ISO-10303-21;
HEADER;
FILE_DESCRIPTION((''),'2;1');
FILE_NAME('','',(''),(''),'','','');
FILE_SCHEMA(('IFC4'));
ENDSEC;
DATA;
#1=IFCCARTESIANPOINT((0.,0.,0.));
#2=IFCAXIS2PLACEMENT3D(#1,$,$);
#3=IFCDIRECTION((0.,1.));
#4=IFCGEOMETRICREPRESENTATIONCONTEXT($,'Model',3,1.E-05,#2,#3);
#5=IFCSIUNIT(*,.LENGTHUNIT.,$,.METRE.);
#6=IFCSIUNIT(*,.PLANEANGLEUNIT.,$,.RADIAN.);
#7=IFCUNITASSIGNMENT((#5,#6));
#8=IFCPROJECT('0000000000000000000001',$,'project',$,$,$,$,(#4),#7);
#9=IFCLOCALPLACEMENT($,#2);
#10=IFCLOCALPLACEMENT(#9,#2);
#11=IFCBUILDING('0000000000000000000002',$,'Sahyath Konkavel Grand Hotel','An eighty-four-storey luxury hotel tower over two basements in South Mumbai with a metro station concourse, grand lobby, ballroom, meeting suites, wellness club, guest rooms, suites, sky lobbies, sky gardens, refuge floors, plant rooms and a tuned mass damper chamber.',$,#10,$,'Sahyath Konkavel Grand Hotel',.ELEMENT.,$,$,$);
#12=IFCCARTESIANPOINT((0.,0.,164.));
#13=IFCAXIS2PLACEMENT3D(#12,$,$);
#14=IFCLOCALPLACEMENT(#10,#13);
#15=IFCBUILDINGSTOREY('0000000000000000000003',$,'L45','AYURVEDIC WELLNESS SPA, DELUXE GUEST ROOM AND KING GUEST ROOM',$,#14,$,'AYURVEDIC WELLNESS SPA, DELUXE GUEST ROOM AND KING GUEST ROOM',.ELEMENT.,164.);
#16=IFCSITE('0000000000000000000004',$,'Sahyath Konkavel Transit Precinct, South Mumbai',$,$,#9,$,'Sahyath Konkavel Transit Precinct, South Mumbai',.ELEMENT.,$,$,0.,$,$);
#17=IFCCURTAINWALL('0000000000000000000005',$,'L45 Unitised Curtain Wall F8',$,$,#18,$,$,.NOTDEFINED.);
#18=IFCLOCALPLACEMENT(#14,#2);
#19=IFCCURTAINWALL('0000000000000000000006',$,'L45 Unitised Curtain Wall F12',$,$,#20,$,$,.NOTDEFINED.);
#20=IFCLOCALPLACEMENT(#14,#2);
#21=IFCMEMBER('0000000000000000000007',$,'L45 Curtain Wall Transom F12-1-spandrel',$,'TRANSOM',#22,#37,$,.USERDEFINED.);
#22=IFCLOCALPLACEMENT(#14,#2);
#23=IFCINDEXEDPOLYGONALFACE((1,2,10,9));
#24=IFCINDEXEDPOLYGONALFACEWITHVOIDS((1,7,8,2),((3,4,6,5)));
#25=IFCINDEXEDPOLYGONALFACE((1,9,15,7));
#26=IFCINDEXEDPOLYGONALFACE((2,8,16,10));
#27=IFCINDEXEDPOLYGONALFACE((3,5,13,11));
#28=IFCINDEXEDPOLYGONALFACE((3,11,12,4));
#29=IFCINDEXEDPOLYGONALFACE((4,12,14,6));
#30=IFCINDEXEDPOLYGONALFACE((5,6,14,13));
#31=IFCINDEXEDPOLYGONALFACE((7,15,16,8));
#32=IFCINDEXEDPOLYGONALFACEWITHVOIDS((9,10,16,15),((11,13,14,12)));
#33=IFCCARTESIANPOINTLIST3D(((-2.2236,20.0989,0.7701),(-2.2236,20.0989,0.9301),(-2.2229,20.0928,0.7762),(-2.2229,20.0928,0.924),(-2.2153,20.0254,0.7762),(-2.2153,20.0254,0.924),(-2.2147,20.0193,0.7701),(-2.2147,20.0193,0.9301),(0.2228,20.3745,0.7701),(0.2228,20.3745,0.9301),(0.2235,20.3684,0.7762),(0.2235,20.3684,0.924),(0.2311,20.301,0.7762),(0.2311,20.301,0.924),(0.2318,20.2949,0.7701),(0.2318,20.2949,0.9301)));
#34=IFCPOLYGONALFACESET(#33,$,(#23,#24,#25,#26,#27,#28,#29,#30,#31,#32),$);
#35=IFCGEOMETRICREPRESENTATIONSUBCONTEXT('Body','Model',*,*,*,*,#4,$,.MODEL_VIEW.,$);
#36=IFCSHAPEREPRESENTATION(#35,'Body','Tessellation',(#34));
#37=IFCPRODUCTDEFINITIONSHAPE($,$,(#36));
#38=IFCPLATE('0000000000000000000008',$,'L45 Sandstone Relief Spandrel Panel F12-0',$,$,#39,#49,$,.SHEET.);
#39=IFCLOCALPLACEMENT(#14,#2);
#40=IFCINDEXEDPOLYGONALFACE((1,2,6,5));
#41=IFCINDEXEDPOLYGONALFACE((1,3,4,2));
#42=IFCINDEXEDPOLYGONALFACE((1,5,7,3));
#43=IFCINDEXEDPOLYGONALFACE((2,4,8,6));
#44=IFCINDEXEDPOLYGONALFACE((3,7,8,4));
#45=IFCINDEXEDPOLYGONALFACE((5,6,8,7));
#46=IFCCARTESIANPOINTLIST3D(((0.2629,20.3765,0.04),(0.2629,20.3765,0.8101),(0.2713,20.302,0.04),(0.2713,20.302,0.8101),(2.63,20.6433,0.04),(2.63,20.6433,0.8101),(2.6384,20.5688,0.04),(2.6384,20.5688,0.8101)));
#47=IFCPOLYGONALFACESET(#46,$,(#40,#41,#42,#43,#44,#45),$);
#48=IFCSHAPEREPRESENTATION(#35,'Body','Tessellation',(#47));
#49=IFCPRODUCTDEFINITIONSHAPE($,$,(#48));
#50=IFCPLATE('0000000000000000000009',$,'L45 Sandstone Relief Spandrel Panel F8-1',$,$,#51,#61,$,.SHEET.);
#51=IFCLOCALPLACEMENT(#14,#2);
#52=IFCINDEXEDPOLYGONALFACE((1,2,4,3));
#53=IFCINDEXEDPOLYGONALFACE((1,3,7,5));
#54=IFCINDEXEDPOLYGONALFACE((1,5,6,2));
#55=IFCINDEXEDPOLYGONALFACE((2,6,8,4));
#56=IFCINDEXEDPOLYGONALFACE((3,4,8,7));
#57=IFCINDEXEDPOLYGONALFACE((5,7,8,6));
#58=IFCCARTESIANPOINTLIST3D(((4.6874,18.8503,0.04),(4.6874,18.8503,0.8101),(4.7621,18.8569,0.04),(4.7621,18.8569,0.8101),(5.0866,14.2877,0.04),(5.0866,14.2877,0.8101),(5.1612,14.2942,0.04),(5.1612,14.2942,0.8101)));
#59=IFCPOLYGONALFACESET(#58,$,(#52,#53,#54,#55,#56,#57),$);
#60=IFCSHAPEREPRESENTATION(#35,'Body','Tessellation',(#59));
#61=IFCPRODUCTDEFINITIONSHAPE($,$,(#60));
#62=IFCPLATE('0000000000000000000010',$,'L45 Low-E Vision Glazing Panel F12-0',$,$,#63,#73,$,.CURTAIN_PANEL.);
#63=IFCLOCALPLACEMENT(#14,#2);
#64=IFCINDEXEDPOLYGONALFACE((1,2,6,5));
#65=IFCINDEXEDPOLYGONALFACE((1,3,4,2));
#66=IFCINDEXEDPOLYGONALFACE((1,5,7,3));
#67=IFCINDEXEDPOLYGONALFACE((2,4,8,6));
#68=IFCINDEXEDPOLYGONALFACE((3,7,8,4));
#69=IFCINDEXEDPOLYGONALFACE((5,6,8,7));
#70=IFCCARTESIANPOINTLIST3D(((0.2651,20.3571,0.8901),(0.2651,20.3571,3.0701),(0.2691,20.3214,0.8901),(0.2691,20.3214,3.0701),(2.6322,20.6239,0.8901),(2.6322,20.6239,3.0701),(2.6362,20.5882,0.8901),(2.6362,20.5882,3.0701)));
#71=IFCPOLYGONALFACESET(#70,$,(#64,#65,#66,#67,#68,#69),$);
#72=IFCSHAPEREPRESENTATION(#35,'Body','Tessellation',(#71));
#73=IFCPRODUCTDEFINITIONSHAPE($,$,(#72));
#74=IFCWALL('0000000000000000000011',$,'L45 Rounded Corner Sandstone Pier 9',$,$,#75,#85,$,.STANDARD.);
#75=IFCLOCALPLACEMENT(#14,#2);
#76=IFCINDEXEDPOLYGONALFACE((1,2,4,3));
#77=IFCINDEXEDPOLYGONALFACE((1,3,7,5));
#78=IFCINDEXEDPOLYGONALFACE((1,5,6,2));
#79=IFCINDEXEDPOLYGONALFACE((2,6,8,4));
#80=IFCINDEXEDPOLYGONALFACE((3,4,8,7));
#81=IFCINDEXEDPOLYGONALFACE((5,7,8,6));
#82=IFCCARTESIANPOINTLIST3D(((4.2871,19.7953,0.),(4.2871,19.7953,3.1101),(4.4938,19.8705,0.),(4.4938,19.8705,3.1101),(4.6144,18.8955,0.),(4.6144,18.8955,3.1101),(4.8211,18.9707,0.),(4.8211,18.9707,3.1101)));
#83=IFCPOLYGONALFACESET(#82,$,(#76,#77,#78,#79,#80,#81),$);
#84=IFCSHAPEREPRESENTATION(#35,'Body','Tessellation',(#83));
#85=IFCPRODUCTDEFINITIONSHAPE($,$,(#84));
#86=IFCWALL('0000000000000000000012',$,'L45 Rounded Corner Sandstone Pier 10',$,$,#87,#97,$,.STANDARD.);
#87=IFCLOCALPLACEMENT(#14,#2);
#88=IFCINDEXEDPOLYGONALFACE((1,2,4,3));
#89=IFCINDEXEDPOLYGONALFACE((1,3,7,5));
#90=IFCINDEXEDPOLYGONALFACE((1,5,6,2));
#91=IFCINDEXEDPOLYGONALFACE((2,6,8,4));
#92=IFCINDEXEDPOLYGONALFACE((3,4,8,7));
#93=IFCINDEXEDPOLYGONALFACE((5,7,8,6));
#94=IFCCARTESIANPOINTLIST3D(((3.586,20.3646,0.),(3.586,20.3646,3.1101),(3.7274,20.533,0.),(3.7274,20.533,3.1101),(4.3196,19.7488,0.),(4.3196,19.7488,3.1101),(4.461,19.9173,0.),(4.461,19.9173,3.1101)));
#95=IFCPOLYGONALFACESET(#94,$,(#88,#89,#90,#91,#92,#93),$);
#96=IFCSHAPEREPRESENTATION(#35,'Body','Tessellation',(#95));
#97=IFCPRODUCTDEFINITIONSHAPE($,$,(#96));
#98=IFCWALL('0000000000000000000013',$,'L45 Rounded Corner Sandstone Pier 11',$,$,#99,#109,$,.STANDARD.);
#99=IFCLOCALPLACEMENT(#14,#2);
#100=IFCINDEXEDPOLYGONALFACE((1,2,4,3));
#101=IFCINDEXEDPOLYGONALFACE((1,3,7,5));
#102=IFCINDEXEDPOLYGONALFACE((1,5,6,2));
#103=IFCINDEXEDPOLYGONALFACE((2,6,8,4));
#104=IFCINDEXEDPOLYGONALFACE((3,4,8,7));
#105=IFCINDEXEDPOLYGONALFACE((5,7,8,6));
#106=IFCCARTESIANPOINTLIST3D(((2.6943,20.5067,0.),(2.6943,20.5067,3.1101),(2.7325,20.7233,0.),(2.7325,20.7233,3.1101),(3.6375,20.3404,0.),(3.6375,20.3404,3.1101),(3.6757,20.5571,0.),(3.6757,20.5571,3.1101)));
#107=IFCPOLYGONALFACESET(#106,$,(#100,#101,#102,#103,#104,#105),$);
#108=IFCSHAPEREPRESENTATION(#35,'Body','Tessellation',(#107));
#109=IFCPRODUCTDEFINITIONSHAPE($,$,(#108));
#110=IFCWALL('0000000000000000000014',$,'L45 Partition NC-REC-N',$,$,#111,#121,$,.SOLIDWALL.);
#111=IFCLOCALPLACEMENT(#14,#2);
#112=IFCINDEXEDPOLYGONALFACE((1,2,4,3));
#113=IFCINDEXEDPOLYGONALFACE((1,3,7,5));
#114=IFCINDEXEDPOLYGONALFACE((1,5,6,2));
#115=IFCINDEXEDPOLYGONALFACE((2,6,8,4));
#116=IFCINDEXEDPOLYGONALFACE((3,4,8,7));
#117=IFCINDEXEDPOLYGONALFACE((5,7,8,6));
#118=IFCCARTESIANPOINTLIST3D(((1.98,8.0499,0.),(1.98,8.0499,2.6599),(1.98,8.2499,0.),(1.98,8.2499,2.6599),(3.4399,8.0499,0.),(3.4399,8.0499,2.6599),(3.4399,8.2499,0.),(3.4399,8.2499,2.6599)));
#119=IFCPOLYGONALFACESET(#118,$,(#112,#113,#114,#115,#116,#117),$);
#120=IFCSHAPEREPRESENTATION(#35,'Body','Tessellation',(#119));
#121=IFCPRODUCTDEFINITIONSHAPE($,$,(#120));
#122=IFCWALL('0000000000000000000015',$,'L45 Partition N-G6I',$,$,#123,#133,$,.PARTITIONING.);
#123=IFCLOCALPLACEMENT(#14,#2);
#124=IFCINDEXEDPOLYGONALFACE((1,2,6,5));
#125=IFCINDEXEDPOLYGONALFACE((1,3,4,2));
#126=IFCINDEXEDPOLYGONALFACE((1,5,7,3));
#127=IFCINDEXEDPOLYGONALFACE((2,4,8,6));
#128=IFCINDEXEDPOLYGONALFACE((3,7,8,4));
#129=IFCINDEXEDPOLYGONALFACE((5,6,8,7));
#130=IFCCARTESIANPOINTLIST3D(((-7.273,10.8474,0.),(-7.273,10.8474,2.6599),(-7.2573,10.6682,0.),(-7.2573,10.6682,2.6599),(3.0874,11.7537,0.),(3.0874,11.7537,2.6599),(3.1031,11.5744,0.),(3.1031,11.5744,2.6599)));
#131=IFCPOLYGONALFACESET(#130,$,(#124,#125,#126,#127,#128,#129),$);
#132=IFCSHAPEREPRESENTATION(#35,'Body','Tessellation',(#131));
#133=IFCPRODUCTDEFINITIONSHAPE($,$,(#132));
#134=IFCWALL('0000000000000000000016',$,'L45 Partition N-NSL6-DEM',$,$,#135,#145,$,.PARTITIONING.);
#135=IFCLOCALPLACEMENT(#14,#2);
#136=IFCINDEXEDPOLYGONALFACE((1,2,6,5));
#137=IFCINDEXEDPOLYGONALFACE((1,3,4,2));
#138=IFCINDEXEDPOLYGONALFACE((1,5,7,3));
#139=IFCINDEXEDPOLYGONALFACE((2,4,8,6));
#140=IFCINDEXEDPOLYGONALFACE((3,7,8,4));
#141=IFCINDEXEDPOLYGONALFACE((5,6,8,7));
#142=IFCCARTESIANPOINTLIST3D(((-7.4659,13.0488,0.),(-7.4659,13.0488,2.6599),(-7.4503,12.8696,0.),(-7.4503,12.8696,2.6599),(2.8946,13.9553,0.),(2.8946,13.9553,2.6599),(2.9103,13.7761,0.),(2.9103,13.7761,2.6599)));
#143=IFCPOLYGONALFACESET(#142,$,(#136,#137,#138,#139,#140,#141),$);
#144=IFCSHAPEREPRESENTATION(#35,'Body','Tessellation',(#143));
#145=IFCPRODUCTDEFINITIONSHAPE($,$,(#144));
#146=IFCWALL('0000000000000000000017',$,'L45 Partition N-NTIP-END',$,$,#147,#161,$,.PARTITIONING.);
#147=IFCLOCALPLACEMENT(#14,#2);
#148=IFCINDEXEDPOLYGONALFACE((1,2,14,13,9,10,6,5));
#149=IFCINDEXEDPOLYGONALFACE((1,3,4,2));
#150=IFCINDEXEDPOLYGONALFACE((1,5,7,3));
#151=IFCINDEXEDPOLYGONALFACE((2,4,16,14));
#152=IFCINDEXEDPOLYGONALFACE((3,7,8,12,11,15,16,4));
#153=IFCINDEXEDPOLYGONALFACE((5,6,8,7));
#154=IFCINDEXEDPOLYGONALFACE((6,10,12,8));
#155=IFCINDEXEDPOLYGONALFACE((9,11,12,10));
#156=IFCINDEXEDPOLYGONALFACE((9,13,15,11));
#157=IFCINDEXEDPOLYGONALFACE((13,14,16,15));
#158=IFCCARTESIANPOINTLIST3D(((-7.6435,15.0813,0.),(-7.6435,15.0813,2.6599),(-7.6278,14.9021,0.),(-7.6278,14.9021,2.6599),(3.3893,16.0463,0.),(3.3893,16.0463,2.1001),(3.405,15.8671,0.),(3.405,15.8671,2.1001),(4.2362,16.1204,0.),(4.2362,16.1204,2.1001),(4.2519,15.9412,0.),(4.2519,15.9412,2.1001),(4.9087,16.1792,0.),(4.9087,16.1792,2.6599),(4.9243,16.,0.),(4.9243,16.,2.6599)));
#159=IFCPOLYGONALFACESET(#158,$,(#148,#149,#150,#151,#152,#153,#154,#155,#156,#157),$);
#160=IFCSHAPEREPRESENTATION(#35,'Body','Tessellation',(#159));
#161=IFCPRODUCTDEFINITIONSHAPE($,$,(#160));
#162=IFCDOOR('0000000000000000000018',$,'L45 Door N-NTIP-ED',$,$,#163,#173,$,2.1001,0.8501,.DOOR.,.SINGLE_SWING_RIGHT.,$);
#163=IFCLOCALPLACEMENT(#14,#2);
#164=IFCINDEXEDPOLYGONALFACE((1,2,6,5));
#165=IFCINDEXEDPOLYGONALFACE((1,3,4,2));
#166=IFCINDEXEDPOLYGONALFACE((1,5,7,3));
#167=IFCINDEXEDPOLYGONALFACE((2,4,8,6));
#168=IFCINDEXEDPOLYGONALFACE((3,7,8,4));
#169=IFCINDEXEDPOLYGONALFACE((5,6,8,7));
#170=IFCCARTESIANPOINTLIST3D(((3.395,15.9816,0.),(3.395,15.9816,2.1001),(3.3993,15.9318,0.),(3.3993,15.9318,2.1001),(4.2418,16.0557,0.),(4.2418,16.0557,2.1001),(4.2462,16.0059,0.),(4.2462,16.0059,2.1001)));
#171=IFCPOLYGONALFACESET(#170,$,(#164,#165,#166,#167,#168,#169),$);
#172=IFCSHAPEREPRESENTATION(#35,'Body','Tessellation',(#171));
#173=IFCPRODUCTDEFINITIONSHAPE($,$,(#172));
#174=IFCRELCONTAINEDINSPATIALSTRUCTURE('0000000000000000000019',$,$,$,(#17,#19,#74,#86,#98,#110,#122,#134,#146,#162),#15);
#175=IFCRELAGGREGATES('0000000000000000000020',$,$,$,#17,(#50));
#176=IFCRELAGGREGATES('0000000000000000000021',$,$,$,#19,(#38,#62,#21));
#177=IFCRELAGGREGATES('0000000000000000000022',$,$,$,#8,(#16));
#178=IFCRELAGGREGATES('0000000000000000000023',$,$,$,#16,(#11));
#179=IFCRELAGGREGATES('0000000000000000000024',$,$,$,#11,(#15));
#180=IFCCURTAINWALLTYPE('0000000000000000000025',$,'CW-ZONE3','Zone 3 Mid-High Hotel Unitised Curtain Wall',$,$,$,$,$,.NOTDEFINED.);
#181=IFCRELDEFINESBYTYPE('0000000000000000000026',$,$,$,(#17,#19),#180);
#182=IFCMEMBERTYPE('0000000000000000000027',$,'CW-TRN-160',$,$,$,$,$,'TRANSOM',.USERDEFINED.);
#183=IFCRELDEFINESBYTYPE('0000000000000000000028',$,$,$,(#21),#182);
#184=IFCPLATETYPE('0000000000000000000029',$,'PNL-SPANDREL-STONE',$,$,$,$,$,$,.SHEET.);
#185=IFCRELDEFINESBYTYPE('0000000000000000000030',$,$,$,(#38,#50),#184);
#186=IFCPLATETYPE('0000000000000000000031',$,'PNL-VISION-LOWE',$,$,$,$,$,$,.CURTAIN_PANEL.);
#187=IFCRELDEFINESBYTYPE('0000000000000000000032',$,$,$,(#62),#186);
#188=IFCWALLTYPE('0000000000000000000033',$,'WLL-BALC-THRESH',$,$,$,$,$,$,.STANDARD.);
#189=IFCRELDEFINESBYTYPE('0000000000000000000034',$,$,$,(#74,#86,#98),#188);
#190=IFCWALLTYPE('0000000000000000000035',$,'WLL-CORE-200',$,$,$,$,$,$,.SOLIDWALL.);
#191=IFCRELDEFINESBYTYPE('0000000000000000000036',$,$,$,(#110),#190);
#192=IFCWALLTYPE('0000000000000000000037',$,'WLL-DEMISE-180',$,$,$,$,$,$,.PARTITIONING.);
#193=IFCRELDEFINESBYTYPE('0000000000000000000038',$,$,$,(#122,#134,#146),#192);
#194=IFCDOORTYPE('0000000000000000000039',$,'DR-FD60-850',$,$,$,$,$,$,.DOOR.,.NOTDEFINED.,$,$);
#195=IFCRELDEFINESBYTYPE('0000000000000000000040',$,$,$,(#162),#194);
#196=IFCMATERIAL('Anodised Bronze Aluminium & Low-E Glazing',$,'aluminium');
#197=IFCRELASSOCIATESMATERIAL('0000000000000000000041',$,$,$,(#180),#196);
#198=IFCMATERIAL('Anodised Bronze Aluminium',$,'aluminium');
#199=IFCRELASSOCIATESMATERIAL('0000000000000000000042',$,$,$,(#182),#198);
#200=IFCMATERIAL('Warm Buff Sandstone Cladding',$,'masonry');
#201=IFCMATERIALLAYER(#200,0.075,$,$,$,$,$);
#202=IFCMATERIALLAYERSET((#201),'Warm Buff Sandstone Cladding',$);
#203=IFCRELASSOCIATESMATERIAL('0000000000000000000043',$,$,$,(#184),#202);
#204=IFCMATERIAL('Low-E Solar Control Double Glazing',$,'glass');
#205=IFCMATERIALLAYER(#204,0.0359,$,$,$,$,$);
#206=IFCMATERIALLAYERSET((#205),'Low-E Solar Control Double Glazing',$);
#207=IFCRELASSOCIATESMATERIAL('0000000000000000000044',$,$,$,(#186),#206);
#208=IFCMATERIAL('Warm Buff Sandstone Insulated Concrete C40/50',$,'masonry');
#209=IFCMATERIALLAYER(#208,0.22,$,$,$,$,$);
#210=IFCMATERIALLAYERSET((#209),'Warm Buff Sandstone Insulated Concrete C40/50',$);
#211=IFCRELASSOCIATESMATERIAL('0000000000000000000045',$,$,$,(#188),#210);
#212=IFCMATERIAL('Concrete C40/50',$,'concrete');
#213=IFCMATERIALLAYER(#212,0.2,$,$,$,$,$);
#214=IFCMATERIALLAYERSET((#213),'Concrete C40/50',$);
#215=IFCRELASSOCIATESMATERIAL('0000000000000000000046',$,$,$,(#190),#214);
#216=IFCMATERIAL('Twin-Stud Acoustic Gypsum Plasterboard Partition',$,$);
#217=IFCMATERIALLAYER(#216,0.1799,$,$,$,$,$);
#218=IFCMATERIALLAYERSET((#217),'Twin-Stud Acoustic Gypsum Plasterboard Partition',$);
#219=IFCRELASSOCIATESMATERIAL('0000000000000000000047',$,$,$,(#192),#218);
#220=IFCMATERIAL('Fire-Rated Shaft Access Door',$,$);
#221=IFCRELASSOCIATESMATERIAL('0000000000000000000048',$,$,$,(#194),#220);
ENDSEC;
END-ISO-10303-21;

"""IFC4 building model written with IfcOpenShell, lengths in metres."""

from ifc_helpers import new_model, si_unit, direction, frame, frame_2d, origin, origin_2d, place, context, subcontext, project, spatial, rectangle, hollow_rectangle, extrude, source, transform, mapped, material, layer, layer_set, material_profile, profile_set, type_object, element, fill, aggregate, save


model = new_model("IFC4")

# Units and contexts
model_context = context("Model", 3, precision=1e-05, world=origin(), true_north=direction((0.0, 1.0)))
body_context = subcontext(model_context, "Body", "Model", "MODEL_VIEW")
ifc_project = project(units=[si_unit("LENGTHUNIT", "METRE"), si_unit("PLANEANGLEUNIT", "RADIAN")], contexts=[model_context])

# Site, building, storey
site_placement = place(None, origin())
site = spatial("IfcSite", under=ifc_project, at=site_placement, Name="Sahyath Konkavel Transit Precinct, South Mumbai", LongName="Sahyath Konkavel Transit Precinct, South Mumbai", CompositionType="ELEMENT", RefElevation=0.0)
building_placement = place(site_placement, origin())
building = spatial("IfcBuilding", under=site, at=building_placement, Name="Sahyath Konkavel Grand Hotel", Description="An eighty-four-storey luxury hotel tower over two basements in South Mumbai with a metro station concourse, grand lobby, ballroom, meeting suites, wellness club, guest rooms, suites, sky lobbies, sky gardens, refuge floors, plant rooms and a tuned mass damper chamber.", LongName="Sahyath Konkavel Grand Hotel", CompositionType="ELEMENT")
storey_placement = place(building_placement, frame((0.0, 0.0, 164.0)))
storey = spatial("IfcBuildingStorey", under=building, at=storey_placement, Name="L45", Description="AYURVEDIC WELLNESS SPA, DELUXE GUEST ROOM AND KING GUEST ROOM", LongName="AYURVEDIC WELLNESS SPA, DELUXE GUEST ROOM AND KING GUEST ROOM", CompositionType="ELEMENT", Elevation=164.0)

# Shared definitions
ifc_material_1 = material(Name="Concrete C40/50", Category="concrete")

# Curtain wall
ifc_material_2 = material(Name="Anodised Bronze Aluminium & Low-E Glazing", Category="aluminium")
curtain_wall_type = type_object("IfcCurtainWallType", Name="CW-ZONE3", Description="Zone 3 Mid-High Hotel Unitised Curtain Wall", PredefinedType="NOTDEFINED", material=ifc_material_2)
curtain_wall_1_placement = place(storey_placement, origin())
curtain_wall_1 = element("IfcCurtainWall", 1, at=curtain_wall_1_placement, inside=storey, type_object=curtain_wall_type, Name="L45 Unitised Curtain Wall F8", PredefinedType="NOTDEFINED")
ifc_material_3 = material(Name="Anodised Bronze Aluminium", Category="aluminium")

# Curtain wall, member, plate
curtain_wall_2_placement = place(storey_placement, origin())
curtain_wall_2 = element("IfcCurtainWall", 2, at=curtain_wall_2_placement, inside=storey, type_object=curtain_wall_type, Name="L45 Unitised Curtain Wall F12", PredefinedType="NOTDEFINED")
ifc_material_profile_1 = material_profile(ifc_material_3, hollow_rectangle(XDim=0.0801, YDim=0.1599, WallThickness=0.0061, at=origin_2d()), Name="RHS 160x80x6")
ifc_profile_set_1 = profile_set([ifc_material_profile_1], Name="Anodised Bronze Aluminium")
member_type_1 = type_object("IfcMemberType", Name="CW-TRN-160", ElementType="TRANSOM", PredefinedType="USERDEFINED", material=ifc_profile_set_1)
shared_shape_1 = source(origin(), body_context, "Body", "SweptSolid", [
    extrude(hollow_rectangle(XDim=0.0801, YDim=0.1599, WallThickness=0.0061, at=origin_2d()), origin(), (0.0, 0.0, 1.0), 2.4619),
])
member_1_placement = place(storey_placement, frame((0.2273, 20.3347, 0.8501), z_axis=(-0.993713, -0.111955, 0.0), x_axis=(0.111955, -0.993713, 0.0)))
member_1 = element("IfcMember", 3, at=member_1_placement, type_object=member_type_1, Name="L45 Curtain Wall Transom F12-1-spandrel", ObjectType="TRANSOM", PredefinedType="USERDEFINED", context=body_context, shape_type="MappedRepresentation", body=[
    mapped(shared_shape_1, transform((0.0, 0.0, 0.0), scale=1.0)),
])
ifc_material_4 = material(Name="Warm Buff Sandstone Cladding", Category="masonry")
ifc_layer_1 = layer(ifc_material_4, 0.075)
ifc_layer_set_1 = layer_set([ifc_layer_1], Name="Warm Buff Sandstone Cladding")
plate_type_1 = type_object("IfcPlateType", Name="PNL-SPANDREL-STONE", PredefinedType="SHEET", material=ifc_layer_set_1)
shared_shape_2 = source(origin(), body_context, "Body", "SweptSolid", [
    extrude(rectangle(XDim=2.3821, YDim=0.075, at=origin_2d()), origin(), (0.0, 0.0, 1.0), 0.77),
])
plate_1_placement = place(storey_placement, frame((1.4507, 20.4727, 0.04), z_axis=(0.0, 0.0, 1.0), x_axis=(-0.993707, -0.112007, 0.0)))
plate_1 = element("IfcPlate", 4, at=plate_1_placement, type_object=plate_type_1, Name="L45 Sandstone Relief Spandrel Panel F12-0", PredefinedType="SHEET", context=body_context, shape_type="MappedRepresentation", body=[
    mapped(shared_shape_2, transform((0.0, 0.0, 0.0), scale=1.0)),
])

# Plates
shared_shape_3 = source(origin(), body_context, "Body", "SweptSolid", [
    extrude(rectangle(XDim=4.5801, YDim=0.075, at=origin_2d()), origin(), (0.0, 0.0, 1.0), 0.77),
])
plate_2_placement = place(storey_placement, frame((4.9243, 16.5723, 0.04), z_axis=(0.0, 0.0, 1.0), x_axis=(-0.087156, 0.996195, 0.0)))
plate_2 = element("IfcPlate", 5, at=plate_2_placement, type_object=plate_type_1, Name="L45 Sandstone Relief Spandrel Panel F8-1", PredefinedType="SHEET", context=body_context, shape_type="MappedRepresentation", body=[
    mapped(shared_shape_3, transform((0.0, 0.0, 0.0), scale=1.0)),
])
aggregate(curtain_wall_1, [plate_2])
ifc_material_5 = material(Name="Low-E Solar Control Double Glazing", Category="glass")
ifc_layer_2 = layer(ifc_material_5, 0.0359)
ifc_layer_set_2 = layer_set([ifc_layer_2], Name="Low-E Solar Control Double Glazing")
plate_type_2 = type_object("IfcPlateType", Name="PNL-VISION-LOWE", PredefinedType="CURTAIN_PANEL", material=ifc_layer_set_2)
shared_shape_4 = source(origin(), body_context, "Body", "SweptSolid", [
    extrude(rectangle(XDim=2.3821, YDim=0.0359, at=origin_2d()), origin(), (0.0, 0.0, 1.0), 2.1799),
])
plate_3_placement = place(storey_placement, frame((1.4507, 20.4727, 0.8901), z_axis=(0.0, 0.0, 1.0), x_axis=(-0.993707, -0.112007, 0.0)))
plate_3 = element("IfcPlate", 6, at=plate_3_placement, type_object=plate_type_2, Name="L45 Low-E Vision Glazing Panel F12-0", PredefinedType="CURTAIN_PANEL", context=body_context, shape_type="MappedRepresentation", body=[
    mapped(shared_shape_4, transform((0.0, 0.0, 0.0), scale=1.0)),
])
aggregate(curtain_wall_2, [plate_1, plate_3, member_1])

# Walls
ifc_material_6 = material(Name="Warm Buff Sandstone Insulated Concrete C40/50", Category="masonry")
ifc_layer_3 = layer(ifc_material_6, 0.22)
ifc_layer_set_3 = layer_set([ifc_layer_3], Name="Warm Buff Sandstone Insulated Concrete C40/50")
wall_type_1 = type_object("IfcWallType", Name="WLL-BALC-THRESH", PredefinedType="STANDARD", material=ifc_layer_set_3)
wall_1_placement = place(storey_placement, frame((4.7178, 18.9331, 0.0), z_axis=(0.0, 0.0, 1.0), x_axis=(-0.341886, 0.939741, 0.0)))
element("IfcWall", 7, at=wall_1_placement, inside=storey, type_object=wall_type_1, Name="L45 Rounded Corner Sandstone Pier 9", PredefinedType="STANDARD", context=body_context, shape_type="SweptSolid", body=[
    extrude(rectangle(XDim=0.9575, YDim=0.22, at=frame_2d((0.4788, 0.0))), origin(), (0.0, 0.0, 1.0), 3.1101),
])
for number, where, z_axis, x_axis, name in (
    (8, (4.3904, 19.833, 0.0), (0.0, 0.0, 1.0), (-0.765981, 0.642863, 0.0), "L45 Rounded Corner Sandstone Pier 10"),
    (9, (3.6567, 20.4487, 0.0), (0.0, 0.0, 1.0), (-0.984814, 0.173611, 0.0), "L45 Rounded Corner Sandstone Pier 11"),
):
    element("IfcWall", number, at=place(storey_placement, frame(where, z_axis=z_axis, x_axis=x_axis)), inside=storey, type_object=wall_type_1, Name=name, PredefinedType="STANDARD", context=body_context, shape_type="SweptSolid", body=[
        extrude(rectangle(XDim=0.9578, YDim=0.22, at=frame_2d((0.479, 0.0))), origin(), (0.0, 0.0, 1.0), 3.1101),
    ])
ifc_layer_4 = layer(ifc_material_1, 0.2)
ifc_layer_set_4 = layer_set([ifc_layer_4], Name="Concrete C40/50")
wall_type_2 = type_object("IfcWallType", Name="WLL-CORE-200", PredefinedType="SOLIDWALL", material=ifc_layer_set_4)
wall_2_placement = place(storey_placement, frame((1.98, 8.1499, 0.0), z_axis=(0.0, 0.0, 1.0), x_axis=(1.0, 0.0, 0.0)))
element("IfcWall", 10, at=wall_2_placement, inside=storey, type_object=wall_type_2, Name="L45 Partition NC-REC-N", PredefinedType="SOLIDWALL", context=body_context, shape_type="SweptSolid", body=[
    extrude(rectangle(XDim=1.46, YDim=0.2, at=frame_2d((0.73, 0.0))), origin(), (0.0, 0.0, 1.0), 2.6599),
])
ifc_material_7 = material(Name="Twin-Stud Acoustic Gypsum Plasterboard Partition")
ifc_layer_5 = layer(ifc_material_7, 0.1799)
ifc_layer_set_5 = layer_set([ifc_layer_5], Name="Twin-Stud Acoustic Gypsum Plasterboard Partition")
wall_type_3 = type_object("IfcWallType", Name="WLL-DEMISE-180", PredefinedType="PARTITIONING", material=ifc_layer_set_5)
wall_3_placement = place(storey_placement, frame((3.0952, 11.6641, 0.0), z_axis=(0.0, 0.0, 1.0), x_axis=(-0.996196, -0.08714, 0.0)))
element("IfcWall", 11, at=wall_3_placement, inside=storey, type_object=wall_type_3, Name="L45 Partition N-G6I", PredefinedType="PARTITIONING", context=body_context, shape_type="SweptSolid", body=[
    extrude(rectangle(XDim=10.3999, YDim=0.1799, at=frame_2d((5.2, 0.0))), origin(), (0.0, 0.0, 1.0), 2.6599),
])
wall_4_placement = place(storey_placement, frame((2.9026, 13.8657, 0.0), z_axis=(0.0, 0.0, 1.0), x_axis=(-0.996194, -0.087161, 0.0)))
element("IfcWall", 12, at=wall_4_placement, inside=storey, type_object=wall_type_3, Name="L45 Partition N-NSL6-DEM", PredefinedType="PARTITIONING", context=body_context, shape_type="SweptSolid", body=[
    extrude(rectangle(XDim=10.4001, YDim=0.1799, at=frame_2d((5.2002, 0.0))), origin(), (0.0, 0.0, 1.0), 2.6599),
])

# Wall, opening, door
wall_5_placement = place(storey_placement, frame((4.9165, 16.0896, 0.0), z_axis=(0.0, 0.0, 1.0), x_axis=(-0.996197, -0.087134, 0.0)))
wall_5 = element("IfcWall", 13, at=wall_5_placement, inside=storey, type_object=wall_type_3, Name="L45 Partition N-NTIP-END", PredefinedType="PARTITIONING", context=body_context, shape_type="SweptSolid", body=[
    extrude(rectangle(XDim=12.6001, YDim=0.1799, at=frame_2d((6.3, 0.0))), origin(), (0.0, 0.0, 1.0), 2.6599),
])
opening_1_placement = place(wall_5_placement, frame((0.675, 0.0, 0.0)))
opening_1 = element("IfcOpeningElement", 14, at=opening_1_placement, cuts=wall_5, PredefinedType="OPENING", context=body_context, shape_type="SweptSolid", body=[
    extrude(rectangle(XDim=0.8501, YDim=2.1001, at=frame_2d((0.425, 1.05))), frame((0.0, 0.1001, 0.0), z_axis=(0.0, -1.0, 0.0), x_axis=(1.0, 0.0, 0.0)), (0.0, 0.0, 1.0), 0.2),
])
ifc_material_8 = material(Name="Fire-Rated Shaft Access Door")
door_type = type_object("IfcDoorType", Name="DR-FD60-850", OperationType="NOTDEFINED", PredefinedType="DOOR", material=ifc_material_8)
shared_shape_5 = source(origin(), body_context, "Body", "SweptSolid", [
    extrude(rectangle(XDim=0.8501, YDim=0.05, at=origin_2d()), origin(), (0.0, 0.0, 1.0), 2.1001),
])
door_1_placement = place(opening_1_placement, frame((0.425, 0.0, 0.0)))
door_1 = element("IfcDoor", 15, at=door_1_placement, inside=storey, type_object=door_type, Name="L45 Door N-NTIP-ED", OperationType="SINGLE_SWING_RIGHT", OverallHeight=2.1001, OverallWidth=0.8501, PredefinedType="DOOR", context=body_context, shape_type="MappedRepresentation", body=[
    mapped(shared_shape_5, transform((0.0, 0.0, 0.0), scale=1.0)),
])
fill(opening_1, door_1)

save(model, "model.ifc")
